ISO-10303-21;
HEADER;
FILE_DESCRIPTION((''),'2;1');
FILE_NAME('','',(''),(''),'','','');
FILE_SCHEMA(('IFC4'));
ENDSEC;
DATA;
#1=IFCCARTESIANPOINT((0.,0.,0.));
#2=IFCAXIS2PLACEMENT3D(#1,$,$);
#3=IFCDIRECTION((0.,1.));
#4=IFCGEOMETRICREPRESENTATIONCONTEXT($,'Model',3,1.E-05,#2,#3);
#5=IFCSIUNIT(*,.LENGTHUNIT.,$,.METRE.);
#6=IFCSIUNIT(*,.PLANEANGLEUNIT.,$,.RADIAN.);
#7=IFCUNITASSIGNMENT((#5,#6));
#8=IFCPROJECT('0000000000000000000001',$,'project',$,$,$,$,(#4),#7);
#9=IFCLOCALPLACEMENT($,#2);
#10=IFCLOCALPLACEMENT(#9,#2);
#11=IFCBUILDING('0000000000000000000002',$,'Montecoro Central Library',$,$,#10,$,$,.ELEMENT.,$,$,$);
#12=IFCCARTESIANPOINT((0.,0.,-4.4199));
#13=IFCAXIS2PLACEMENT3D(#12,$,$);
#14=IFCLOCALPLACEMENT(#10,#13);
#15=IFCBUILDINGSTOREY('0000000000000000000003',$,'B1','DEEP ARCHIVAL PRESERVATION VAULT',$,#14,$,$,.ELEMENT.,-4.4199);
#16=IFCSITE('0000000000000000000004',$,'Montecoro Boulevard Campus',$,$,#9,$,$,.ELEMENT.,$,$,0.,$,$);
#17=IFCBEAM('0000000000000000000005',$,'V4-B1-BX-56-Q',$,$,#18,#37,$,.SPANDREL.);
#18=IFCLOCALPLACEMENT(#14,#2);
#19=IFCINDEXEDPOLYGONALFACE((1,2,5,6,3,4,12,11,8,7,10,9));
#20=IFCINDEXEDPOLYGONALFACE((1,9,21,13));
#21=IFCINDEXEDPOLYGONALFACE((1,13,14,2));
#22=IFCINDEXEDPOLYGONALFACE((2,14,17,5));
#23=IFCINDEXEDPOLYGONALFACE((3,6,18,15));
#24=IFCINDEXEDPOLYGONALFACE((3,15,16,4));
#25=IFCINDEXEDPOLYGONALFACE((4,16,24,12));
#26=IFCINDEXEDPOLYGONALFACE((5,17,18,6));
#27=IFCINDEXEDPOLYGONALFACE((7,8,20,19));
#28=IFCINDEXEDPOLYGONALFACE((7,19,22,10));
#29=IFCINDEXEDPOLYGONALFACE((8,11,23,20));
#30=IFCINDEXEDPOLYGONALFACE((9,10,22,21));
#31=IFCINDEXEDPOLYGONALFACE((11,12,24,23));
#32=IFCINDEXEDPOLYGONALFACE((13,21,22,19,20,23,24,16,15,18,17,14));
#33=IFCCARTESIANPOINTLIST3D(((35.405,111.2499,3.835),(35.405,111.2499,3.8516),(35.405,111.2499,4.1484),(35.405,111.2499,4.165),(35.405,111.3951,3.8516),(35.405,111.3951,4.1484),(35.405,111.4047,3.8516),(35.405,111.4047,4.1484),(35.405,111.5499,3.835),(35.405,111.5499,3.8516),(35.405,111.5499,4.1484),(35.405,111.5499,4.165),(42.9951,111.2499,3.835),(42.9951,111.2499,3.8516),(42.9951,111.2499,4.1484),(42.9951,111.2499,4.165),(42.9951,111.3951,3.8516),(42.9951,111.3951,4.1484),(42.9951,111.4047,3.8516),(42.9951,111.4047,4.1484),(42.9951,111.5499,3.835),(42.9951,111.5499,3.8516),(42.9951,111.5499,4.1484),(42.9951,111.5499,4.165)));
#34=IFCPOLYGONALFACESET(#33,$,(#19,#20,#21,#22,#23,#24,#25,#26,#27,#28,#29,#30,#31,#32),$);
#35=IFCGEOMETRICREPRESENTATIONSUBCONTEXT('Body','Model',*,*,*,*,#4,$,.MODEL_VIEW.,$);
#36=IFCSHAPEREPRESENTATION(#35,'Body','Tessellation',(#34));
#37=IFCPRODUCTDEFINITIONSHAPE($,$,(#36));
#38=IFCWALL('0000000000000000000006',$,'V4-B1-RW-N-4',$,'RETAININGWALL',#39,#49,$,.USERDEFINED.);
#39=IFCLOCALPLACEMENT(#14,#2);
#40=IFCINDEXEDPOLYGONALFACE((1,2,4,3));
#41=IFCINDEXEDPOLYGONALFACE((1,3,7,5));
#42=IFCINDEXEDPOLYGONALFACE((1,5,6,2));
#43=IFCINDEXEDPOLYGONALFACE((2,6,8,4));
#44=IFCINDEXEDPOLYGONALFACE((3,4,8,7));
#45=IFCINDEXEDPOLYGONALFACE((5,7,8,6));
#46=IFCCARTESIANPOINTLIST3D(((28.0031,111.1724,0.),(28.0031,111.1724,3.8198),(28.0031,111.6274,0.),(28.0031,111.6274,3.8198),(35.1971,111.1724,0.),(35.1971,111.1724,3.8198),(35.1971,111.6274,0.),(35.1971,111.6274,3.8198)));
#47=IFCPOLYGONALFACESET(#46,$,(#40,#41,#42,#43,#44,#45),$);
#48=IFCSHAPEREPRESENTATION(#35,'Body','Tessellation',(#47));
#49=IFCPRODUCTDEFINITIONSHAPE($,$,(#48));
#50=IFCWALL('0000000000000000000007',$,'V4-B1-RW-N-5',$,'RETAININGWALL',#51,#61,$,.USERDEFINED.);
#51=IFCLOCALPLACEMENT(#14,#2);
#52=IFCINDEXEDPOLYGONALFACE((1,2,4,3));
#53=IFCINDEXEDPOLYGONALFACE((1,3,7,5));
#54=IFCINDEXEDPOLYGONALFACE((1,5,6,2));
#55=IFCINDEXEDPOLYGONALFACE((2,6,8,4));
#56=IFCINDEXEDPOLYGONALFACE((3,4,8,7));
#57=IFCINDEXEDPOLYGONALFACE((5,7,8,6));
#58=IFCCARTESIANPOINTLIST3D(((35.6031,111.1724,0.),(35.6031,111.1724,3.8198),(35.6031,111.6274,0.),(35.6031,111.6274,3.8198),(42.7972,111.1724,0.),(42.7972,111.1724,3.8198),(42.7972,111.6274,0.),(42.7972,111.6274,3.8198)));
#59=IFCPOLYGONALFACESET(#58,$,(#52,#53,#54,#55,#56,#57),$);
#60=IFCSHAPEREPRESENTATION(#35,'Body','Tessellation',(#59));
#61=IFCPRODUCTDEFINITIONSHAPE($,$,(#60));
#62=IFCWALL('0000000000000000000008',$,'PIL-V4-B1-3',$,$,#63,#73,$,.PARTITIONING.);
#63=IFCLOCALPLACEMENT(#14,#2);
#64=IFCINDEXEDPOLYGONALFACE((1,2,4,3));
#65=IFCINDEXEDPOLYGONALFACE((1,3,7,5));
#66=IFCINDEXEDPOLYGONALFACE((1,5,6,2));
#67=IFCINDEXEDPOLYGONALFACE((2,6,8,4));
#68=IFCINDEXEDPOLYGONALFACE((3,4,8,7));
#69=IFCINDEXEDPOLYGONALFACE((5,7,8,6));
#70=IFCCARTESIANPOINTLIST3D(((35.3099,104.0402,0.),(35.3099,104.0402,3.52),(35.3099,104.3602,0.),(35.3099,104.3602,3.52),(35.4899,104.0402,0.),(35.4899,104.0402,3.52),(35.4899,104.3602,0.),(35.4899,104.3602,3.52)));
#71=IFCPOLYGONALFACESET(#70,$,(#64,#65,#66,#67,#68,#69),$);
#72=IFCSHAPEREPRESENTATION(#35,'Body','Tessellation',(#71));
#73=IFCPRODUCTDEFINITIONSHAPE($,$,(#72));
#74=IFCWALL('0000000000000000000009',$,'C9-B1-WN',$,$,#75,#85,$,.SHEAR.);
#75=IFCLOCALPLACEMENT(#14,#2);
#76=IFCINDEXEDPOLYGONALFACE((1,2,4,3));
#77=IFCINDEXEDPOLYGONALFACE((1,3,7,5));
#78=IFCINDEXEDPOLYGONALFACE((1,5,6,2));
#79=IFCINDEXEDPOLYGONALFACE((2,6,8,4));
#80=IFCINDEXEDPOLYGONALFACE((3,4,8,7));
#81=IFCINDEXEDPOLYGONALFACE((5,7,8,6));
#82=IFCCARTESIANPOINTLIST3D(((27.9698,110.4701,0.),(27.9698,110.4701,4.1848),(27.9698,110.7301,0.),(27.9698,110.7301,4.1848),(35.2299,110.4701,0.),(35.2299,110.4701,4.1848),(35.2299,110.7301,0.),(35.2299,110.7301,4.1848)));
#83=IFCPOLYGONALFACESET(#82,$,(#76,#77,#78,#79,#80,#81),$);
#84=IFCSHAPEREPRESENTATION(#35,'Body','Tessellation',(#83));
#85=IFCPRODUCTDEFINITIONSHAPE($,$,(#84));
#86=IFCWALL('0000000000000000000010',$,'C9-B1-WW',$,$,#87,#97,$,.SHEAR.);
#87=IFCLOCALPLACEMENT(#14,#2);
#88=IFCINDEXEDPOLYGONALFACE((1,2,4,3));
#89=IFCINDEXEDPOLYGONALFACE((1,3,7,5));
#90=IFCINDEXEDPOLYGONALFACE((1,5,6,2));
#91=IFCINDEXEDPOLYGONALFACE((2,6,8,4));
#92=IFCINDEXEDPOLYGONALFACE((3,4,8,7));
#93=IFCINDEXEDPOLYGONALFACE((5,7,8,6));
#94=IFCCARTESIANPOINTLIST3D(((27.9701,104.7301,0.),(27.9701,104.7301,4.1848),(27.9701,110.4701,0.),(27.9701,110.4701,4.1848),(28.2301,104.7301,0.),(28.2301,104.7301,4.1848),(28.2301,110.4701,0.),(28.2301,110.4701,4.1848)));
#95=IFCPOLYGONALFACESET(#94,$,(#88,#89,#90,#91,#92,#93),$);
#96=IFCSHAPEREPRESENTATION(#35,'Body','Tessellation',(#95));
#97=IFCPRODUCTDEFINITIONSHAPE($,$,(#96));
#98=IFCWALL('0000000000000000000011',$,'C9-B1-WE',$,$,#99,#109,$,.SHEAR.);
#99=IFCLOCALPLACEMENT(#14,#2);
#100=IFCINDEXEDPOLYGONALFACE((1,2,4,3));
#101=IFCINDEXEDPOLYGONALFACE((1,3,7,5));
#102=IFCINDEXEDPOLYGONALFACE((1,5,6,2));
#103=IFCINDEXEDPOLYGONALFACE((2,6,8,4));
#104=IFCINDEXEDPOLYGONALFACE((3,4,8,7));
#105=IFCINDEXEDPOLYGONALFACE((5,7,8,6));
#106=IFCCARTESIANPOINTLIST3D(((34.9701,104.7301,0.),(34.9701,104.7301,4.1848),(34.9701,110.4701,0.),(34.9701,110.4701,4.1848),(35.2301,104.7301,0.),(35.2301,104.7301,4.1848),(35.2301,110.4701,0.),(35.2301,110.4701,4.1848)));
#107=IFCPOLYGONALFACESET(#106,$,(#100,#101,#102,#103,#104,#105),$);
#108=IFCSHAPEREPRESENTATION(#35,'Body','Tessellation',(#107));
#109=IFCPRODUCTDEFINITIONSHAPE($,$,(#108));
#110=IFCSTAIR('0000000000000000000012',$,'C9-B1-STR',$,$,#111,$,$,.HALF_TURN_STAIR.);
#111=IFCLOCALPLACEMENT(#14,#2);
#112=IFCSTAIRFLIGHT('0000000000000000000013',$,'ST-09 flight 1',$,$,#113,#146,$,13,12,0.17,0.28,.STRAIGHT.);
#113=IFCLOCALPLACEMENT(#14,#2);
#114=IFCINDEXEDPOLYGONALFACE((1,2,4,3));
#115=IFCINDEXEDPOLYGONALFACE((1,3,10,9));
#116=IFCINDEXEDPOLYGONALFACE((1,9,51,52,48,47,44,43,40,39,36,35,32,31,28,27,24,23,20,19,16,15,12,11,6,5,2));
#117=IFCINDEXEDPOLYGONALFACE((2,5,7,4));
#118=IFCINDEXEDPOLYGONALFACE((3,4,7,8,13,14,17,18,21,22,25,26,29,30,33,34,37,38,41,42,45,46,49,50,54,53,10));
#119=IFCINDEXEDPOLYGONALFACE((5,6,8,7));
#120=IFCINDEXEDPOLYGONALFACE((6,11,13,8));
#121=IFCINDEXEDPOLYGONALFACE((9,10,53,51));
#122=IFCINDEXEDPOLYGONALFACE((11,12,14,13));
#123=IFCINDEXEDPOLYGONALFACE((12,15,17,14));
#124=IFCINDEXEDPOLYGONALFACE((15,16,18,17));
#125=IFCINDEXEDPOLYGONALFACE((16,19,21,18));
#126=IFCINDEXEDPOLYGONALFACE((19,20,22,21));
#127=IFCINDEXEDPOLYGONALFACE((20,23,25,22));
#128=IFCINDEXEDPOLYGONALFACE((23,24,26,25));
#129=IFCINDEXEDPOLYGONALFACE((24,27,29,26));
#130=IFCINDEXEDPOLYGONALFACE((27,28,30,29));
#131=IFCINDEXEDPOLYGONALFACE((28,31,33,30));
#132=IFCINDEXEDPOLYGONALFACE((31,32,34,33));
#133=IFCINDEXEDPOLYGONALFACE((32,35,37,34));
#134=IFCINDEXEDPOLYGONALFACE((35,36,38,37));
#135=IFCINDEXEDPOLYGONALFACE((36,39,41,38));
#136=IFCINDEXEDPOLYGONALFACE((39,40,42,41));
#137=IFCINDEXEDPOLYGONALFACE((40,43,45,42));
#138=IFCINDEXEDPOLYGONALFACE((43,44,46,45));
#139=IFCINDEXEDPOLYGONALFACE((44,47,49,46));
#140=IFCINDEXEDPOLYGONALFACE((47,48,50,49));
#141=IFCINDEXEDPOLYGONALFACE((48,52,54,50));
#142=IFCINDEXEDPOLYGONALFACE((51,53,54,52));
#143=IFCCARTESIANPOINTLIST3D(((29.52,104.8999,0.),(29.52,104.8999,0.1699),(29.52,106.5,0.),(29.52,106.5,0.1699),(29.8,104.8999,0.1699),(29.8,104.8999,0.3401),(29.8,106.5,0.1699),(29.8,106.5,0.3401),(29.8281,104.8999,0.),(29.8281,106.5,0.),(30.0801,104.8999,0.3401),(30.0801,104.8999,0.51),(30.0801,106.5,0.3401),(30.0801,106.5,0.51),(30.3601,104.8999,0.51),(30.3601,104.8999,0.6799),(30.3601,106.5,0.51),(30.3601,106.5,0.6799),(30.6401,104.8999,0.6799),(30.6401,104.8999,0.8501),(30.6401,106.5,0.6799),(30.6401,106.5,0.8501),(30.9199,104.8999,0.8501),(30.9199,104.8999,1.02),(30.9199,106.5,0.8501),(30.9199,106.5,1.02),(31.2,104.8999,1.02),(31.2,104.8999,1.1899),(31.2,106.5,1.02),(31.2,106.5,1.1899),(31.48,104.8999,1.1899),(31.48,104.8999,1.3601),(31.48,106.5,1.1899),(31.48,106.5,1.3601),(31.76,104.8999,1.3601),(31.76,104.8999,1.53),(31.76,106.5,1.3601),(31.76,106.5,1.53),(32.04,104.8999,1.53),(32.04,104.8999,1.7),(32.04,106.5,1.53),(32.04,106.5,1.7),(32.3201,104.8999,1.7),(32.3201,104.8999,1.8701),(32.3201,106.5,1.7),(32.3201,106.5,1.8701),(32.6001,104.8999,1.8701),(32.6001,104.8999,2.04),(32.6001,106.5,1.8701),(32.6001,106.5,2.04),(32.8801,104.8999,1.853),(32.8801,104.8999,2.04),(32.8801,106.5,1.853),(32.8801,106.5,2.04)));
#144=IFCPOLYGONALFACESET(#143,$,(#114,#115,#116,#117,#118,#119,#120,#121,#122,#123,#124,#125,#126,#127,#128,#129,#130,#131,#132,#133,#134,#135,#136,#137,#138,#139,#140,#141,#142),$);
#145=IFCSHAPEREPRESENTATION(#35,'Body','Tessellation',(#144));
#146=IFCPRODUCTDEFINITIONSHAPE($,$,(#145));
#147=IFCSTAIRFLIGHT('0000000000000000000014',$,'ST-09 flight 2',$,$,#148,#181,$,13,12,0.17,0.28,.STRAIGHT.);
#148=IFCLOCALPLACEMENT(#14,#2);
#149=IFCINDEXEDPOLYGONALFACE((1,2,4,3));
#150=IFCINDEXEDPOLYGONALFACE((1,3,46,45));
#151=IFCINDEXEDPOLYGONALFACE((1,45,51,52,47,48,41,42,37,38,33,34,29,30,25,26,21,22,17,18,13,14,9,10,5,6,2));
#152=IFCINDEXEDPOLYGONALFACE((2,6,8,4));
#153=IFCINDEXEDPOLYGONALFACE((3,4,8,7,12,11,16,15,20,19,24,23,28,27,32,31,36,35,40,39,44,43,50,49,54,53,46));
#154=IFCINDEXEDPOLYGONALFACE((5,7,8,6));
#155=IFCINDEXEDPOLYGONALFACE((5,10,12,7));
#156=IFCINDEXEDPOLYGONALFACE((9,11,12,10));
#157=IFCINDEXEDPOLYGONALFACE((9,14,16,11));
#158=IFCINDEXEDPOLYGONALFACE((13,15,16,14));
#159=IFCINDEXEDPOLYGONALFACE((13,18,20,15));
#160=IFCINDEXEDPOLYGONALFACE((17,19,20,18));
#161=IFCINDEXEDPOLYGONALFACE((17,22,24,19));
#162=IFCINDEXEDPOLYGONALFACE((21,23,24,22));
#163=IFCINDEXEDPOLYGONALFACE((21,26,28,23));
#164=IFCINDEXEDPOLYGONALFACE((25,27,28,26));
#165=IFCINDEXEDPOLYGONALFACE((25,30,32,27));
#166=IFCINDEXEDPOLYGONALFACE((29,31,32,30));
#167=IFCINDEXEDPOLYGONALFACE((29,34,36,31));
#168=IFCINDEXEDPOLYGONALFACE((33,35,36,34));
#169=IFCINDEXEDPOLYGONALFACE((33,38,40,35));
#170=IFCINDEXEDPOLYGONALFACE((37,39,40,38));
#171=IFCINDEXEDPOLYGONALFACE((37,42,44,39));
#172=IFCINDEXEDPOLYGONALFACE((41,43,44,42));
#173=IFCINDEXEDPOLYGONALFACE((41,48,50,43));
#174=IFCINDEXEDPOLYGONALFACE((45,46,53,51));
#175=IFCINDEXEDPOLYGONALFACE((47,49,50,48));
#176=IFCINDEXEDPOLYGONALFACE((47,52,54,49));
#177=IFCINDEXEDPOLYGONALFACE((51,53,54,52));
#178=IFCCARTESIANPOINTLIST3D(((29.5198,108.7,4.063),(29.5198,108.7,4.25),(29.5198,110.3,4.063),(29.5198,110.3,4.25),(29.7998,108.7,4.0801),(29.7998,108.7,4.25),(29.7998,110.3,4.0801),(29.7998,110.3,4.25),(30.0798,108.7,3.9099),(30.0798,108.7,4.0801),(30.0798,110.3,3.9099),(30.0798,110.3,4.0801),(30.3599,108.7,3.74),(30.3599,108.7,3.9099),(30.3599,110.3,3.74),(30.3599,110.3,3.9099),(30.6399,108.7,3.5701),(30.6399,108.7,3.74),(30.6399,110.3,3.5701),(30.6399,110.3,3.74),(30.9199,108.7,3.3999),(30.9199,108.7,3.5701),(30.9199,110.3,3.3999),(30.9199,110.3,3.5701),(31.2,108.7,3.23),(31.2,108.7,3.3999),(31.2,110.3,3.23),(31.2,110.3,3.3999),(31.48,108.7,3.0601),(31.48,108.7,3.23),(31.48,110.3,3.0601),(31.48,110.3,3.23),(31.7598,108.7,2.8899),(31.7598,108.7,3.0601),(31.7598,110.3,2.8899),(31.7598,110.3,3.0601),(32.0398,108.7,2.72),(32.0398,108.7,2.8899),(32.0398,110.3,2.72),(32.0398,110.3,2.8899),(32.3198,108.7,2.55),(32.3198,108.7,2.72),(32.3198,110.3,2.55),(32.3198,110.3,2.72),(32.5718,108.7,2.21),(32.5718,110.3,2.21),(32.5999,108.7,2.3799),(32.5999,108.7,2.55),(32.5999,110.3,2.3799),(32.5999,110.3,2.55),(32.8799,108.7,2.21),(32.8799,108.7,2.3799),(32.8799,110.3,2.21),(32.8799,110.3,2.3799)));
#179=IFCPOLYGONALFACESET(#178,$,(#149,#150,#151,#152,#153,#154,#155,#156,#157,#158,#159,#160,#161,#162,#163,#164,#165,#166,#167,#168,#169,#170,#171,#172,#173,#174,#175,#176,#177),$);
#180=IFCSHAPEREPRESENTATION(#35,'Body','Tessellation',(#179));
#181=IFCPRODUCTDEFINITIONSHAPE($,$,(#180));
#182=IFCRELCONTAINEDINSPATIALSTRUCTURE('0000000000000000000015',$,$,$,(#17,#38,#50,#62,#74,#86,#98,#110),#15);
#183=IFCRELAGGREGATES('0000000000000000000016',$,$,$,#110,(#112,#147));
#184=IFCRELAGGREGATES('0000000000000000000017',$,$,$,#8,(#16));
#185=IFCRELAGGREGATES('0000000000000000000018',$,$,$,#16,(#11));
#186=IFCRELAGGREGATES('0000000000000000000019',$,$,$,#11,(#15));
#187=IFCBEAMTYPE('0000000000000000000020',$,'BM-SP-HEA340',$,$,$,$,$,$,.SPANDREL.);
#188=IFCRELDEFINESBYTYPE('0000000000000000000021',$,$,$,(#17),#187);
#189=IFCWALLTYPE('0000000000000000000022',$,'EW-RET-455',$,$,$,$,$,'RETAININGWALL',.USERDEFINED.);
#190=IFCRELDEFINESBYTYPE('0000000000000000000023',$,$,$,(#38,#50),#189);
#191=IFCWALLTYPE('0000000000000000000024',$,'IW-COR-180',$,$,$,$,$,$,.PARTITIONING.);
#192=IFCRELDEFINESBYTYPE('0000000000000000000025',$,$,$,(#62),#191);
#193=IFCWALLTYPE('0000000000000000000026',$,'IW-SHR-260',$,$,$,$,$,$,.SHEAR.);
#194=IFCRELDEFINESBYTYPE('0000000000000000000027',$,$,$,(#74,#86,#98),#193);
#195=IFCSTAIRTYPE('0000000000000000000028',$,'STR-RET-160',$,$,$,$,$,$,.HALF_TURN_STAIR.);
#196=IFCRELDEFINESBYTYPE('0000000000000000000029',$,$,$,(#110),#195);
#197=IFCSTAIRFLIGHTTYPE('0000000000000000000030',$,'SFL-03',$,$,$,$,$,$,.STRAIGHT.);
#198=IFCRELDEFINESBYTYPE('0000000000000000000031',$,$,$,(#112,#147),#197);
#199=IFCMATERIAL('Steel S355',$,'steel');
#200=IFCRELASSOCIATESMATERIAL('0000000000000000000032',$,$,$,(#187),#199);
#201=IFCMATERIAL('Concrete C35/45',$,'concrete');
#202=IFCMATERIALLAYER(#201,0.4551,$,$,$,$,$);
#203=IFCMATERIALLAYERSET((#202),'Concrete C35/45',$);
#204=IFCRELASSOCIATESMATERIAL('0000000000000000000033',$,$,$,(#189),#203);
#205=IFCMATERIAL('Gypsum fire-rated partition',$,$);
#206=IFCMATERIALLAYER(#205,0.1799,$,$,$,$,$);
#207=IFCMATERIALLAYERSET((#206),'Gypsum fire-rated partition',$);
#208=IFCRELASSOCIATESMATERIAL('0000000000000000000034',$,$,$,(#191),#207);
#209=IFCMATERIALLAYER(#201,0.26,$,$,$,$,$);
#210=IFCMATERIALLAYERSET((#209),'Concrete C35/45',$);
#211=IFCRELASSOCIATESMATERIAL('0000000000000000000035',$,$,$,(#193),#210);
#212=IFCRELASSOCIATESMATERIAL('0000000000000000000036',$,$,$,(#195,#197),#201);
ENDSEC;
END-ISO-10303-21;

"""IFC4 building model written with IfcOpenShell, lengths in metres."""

from ifc_helpers import new_model, si_unit, direction, frame, frame_2d, origin, origin_2d, place, context, subcontext, project, spatial, polyline, rectangle, i_section, outline, extrude, material, layer, layer_set, material_profile, profile_set, type_object, element, aggregate, save


model = new_model("IFC4")

# Units and contexts
model_context = context("Model", 3, precision=1e-05, world=origin(), true_north=direction((0.0, 1.0)))
body_context = subcontext(model_context, "Body", "Model", "MODEL_VIEW")
ifc_project = project(units=[si_unit("LENGTHUNIT", "METRE"), si_unit("PLANEANGLEUNIT", "RADIAN")], contexts=[model_context])

# Site, building, storey
site_placement = place(None, origin())
site = spatial("IfcSite", under=ifc_project, at=site_placement, Name="Montecoro Boulevard Campus", CompositionType="ELEMENT", RefElevation=0.0)
building_placement = place(site_placement, origin())
building = spatial("IfcBuilding", under=site, at=building_placement, Name="Montecoro Central Library", CompositionType="ELEMENT")
storey_placement = place(building_placement, frame((0.0, 0.0, -4.4199)))
storey = spatial("IfcBuildingStorey", under=building, at=storey_placement, Name="B1", Description="DEEP ARCHIVAL PRESERVATION VAULT", CompositionType="ELEMENT", Elevation=-4.4199)

# Shared definitions
ifc_material_1 = material(Name="Concrete C35/45", Category="concrete")

# Beam
ifc_material_2 = material(Name="Steel S355", Category="steel")
ifc_material_profile_1 = material_profile(ifc_material_2, i_section(OverallWidth=0.3, OverallDepth=0.3301, WebThickness=0.0095, FlangeThickness=0.0166, at=origin_2d()), Name="HEA 340")
ifc_profile_set_1 = profile_set([ifc_material_profile_1], Name="Steel S355")
beam_type_1 = type_object("IfcBeamType", Name="BM-SP-HEA340", PredefinedType="SPANDREL", material=ifc_profile_set_1)
beam_1_placement = place(storey_placement, frame((35.405, 111.3999, 4.0), z_axis=(1.0, 0.0, 0.0), x_axis=(0.0, 1.0, 0.0)))
element("IfcBeam", 1, at=beam_1_placement, inside=storey, type_object=beam_type_1, Name="V4-B1-BX-56-Q", PredefinedType="SPANDREL", context=body_context, shape_type="SweptSolid", body=[
    extrude(i_section(OverallWidth=0.3, OverallDepth=0.3301, WebThickness=0.0095, FlangeThickness=0.0166, at=origin_2d()), origin(), (0.0, 0.0, 1.0), 7.5901),
])

# Walls
ifc_layer_1 = layer(ifc_material_1, 0.4551)
ifc_layer_set_1 = layer_set([ifc_layer_1], Name="Concrete C35/45")
wall_type_1 = type_object("IfcWallType", Name="EW-RET-455", ElementType="RETAININGWALL", PredefinedType="USERDEFINED", material=ifc_layer_set_1)
for number, where, z_axis, x_axis, name in (
    (2, (28.0029, 111.3999, 0.0), (0.0, 0.0, 1.0), (1.0, 0.0, 0.0), "V4-B1-RW-N-4"),
    (3, (35.603, 111.3999, 0.0), (0.0, 0.0, 1.0), (1.0, 0.0, 0.0), "V4-B1-RW-N-5"),
):
    element("IfcWall", number, at=place(storey_placement, frame(where, z_axis=z_axis, x_axis=x_axis)), inside=storey, type_object=wall_type_1, Name=name, ObjectType="RETAININGWALL", PredefinedType="USERDEFINED", context=body_context, shape_type="SweptSolid", body=[
        extrude(rectangle(XDim=7.1941, YDim=0.4551, at=frame_2d((3.5972, 0.0))), origin(), (0.0, 0.0, 1.0), 3.8198),
    ])
ifc_material_3 = material(Name="Gypsum fire-rated partition")
ifc_layer_2 = layer(ifc_material_3, 0.1799)
ifc_layer_set_2 = layer_set([ifc_layer_2], Name="Gypsum fire-rated partition")
wall_type_2 = type_object("IfcWallType", Name="IW-COR-180", PredefinedType="PARTITIONING", material=ifc_layer_set_2)
wall_1_placement = place(storey_placement, frame((35.3999, 104.04, 0.0), z_axis=(0.0, 0.0, 1.0), x_axis=(0.0, 1.0, 0.0)))
element("IfcWall", 4, at=wall_1_placement, inside=storey, type_object=wall_type_2, Name="PIL-V4-B1-3", PredefinedType="PARTITIONING", context=body_context, shape_type="SweptSolid", body=[
    extrude(rectangle(XDim=0.3201, YDim=0.1799, at=frame_2d((0.1602, 0.0))), origin(), (0.0, 0.0, 1.0), 3.52),
])
ifc_layer_3 = layer(ifc_material_1, 0.26)
ifc_layer_set_3 = layer_set([ifc_layer_3], Name="Concrete C35/45")
wall_type_3 = type_object("IfcWallType", Name="IW-SHR-260", PredefinedType="SHEAR", material=ifc_layer_set_3)
wall_2_placement = place(storey_placement, frame((27.97, 110.6001, 0.0), z_axis=(0.0, 0.0, 1.0), x_axis=(1.0, 0.0, 0.0)))
element("IfcWall", 5, at=wall_2_placement, inside=storey, type_object=wall_type_3, Name="C9-B1-WN", PredefinedType="SHEAR", context=body_context, shape_type="SweptSolid", body=[
    extrude(rectangle(XDim=7.26, YDim=0.26, at=frame_2d((3.6299, 0.0))), origin(), (0.0, 0.0, 1.0), 4.1848),
])
for number, where, z_axis, x_axis, name in (
    (6, (28.1001, 104.73, 0.0), (0.0, 0.0, 1.0), (0.0, 1.0, 0.0), "C9-B1-WW"),
    (7, (35.1001, 104.73, 0.0), (0.0, 0.0, 1.0), (0.0, 1.0, 0.0), "C9-B1-WE"),
):
    element("IfcWall", number, at=place(storey_placement, frame(where, z_axis=z_axis, x_axis=x_axis)), inside=storey, type_object=wall_type_3, Name=name, PredefinedType="SHEAR", context=body_context, shape_type="SweptSolid", body=[
        extrude(rectangle(XDim=5.74, YDim=0.26, at=frame_2d((2.8701, 0.0))), origin(), (0.0, 0.0, 1.0), 4.1848),
    ])

# Stair, stair flights
stair_type = type_object("IfcStairType", Name="STR-RET-160", PredefinedType="HALF_TURN_STAIR", material=ifc_material_1)
stair_placement = place(storey_placement, origin())
stair = element("IfcStair", 8, at=stair_placement, inside=storey, type_object=stair_type, Name="C9-B1-STR", PredefinedType="HALF_TURN_STAIR")
stair_flight_type = type_object("IfcStairFlightType", Name="SFL-03", PredefinedType="STRAIGHT", material=ifc_material_1)
stair_flight_1_placement = place(storey_placement, frame((29.52, 105.7, 0.0), z_axis=(0.0, 0.0, 1.0), x_axis=(1.0, 0.0, 0.0)))
stair_flight_1 = element("IfcStairFlight", 9, at=stair_flight_1_placement, type_object=stair_flight_type, Name="ST-09 flight 1", NumberOfRisers=13, NumberOfTreads=12, PredefinedType="STRAIGHT", RiserHeight=0.17, TreadLength=0.28, context=body_context, shape_type="SweptSolid", body=[
    extrude(outline(polyline([(0.0, 0.0), (0.0, 0.1699), (0.28, 0.1699), (0.28, 0.3401), (0.5601, 0.3401), (0.5601, 0.51), (0.8401, 0.51), (0.8401, 0.6799), (1.1201, 0.6799), (1.1201, 0.8501), (1.3999, 0.8501), (1.3999, 1.02), (1.6799, 1.02), (1.6799, 1.1899), (1.96, 1.1899), (1.96, 1.3601), (2.24, 1.3601), (2.24, 1.53), (2.52, 1.53), (2.52, 1.7), (2.8, 1.7), (2.8, 1.8701), (3.0801, 1.8701), (3.0801, 2.04), (3.3601, 2.04), (3.3601, 2.21), (3.3601, 1.853), (0.3081, 0.0), (0.0, 0.0)])), frame((0.0, 0.8, 0.0), z_axis=(0.0, -1.0, 0.0), x_axis=(1.0, 0.0, 0.0)), (0.0, 0.0, 1.0), 1.6001),
])
stair_flight_2_placement = place(storey_placement, frame((32.8799, 109.5, 2.21), z_axis=(0.0, 0.0, 1.0), x_axis=(-1.0, 0.0, 0.0)))
stair_flight_2 = element("IfcStairFlight", 10, at=stair_flight_2_placement, type_object=stair_flight_type, Name="ST-09 flight 2", NumberOfRisers=13, NumberOfTreads=12, PredefinedType="STRAIGHT", RiserHeight=0.17, TreadLength=0.28, context=body_context, shape_type="SweptSolid", body=[
    extrude(outline(polyline([(0.0, 0.0), (0.0, 0.1699), (0.28, 0.1699), (0.28, 0.3401), (0.5601, 0.3401), (0.5601, 0.51), (0.8401, 0.51), (0.8401, 0.6799), (1.1201, 0.6799), (1.1201, 0.8501), (1.3999, 0.8501), (1.3999, 1.02), (1.6799, 1.02), (1.6799, 1.1899), (1.96, 1.1899), (1.96, 1.3601), (2.24, 1.3601), (2.24, 1.53), (2.52, 1.53), (2.52, 1.7), (2.8, 1.7), (2.8, 1.8701), (3.0801, 1.8701), (3.0801, 2.04), (3.3601, 2.04), (3.3601, 2.21), (3.3601, 1.853), (0.3081, 0.0), (0.0, 0.0)])), frame((0.0, 0.8, 0.0), z_axis=(0.0, -1.0, 0.0), x_axis=(1.0, 0.0, 0.0)), (0.0, 0.0, 1.0), 1.6001),
])
aggregate(stair, [stair_flight_1, stair_flight_2])

save(model, "model.ifc")
